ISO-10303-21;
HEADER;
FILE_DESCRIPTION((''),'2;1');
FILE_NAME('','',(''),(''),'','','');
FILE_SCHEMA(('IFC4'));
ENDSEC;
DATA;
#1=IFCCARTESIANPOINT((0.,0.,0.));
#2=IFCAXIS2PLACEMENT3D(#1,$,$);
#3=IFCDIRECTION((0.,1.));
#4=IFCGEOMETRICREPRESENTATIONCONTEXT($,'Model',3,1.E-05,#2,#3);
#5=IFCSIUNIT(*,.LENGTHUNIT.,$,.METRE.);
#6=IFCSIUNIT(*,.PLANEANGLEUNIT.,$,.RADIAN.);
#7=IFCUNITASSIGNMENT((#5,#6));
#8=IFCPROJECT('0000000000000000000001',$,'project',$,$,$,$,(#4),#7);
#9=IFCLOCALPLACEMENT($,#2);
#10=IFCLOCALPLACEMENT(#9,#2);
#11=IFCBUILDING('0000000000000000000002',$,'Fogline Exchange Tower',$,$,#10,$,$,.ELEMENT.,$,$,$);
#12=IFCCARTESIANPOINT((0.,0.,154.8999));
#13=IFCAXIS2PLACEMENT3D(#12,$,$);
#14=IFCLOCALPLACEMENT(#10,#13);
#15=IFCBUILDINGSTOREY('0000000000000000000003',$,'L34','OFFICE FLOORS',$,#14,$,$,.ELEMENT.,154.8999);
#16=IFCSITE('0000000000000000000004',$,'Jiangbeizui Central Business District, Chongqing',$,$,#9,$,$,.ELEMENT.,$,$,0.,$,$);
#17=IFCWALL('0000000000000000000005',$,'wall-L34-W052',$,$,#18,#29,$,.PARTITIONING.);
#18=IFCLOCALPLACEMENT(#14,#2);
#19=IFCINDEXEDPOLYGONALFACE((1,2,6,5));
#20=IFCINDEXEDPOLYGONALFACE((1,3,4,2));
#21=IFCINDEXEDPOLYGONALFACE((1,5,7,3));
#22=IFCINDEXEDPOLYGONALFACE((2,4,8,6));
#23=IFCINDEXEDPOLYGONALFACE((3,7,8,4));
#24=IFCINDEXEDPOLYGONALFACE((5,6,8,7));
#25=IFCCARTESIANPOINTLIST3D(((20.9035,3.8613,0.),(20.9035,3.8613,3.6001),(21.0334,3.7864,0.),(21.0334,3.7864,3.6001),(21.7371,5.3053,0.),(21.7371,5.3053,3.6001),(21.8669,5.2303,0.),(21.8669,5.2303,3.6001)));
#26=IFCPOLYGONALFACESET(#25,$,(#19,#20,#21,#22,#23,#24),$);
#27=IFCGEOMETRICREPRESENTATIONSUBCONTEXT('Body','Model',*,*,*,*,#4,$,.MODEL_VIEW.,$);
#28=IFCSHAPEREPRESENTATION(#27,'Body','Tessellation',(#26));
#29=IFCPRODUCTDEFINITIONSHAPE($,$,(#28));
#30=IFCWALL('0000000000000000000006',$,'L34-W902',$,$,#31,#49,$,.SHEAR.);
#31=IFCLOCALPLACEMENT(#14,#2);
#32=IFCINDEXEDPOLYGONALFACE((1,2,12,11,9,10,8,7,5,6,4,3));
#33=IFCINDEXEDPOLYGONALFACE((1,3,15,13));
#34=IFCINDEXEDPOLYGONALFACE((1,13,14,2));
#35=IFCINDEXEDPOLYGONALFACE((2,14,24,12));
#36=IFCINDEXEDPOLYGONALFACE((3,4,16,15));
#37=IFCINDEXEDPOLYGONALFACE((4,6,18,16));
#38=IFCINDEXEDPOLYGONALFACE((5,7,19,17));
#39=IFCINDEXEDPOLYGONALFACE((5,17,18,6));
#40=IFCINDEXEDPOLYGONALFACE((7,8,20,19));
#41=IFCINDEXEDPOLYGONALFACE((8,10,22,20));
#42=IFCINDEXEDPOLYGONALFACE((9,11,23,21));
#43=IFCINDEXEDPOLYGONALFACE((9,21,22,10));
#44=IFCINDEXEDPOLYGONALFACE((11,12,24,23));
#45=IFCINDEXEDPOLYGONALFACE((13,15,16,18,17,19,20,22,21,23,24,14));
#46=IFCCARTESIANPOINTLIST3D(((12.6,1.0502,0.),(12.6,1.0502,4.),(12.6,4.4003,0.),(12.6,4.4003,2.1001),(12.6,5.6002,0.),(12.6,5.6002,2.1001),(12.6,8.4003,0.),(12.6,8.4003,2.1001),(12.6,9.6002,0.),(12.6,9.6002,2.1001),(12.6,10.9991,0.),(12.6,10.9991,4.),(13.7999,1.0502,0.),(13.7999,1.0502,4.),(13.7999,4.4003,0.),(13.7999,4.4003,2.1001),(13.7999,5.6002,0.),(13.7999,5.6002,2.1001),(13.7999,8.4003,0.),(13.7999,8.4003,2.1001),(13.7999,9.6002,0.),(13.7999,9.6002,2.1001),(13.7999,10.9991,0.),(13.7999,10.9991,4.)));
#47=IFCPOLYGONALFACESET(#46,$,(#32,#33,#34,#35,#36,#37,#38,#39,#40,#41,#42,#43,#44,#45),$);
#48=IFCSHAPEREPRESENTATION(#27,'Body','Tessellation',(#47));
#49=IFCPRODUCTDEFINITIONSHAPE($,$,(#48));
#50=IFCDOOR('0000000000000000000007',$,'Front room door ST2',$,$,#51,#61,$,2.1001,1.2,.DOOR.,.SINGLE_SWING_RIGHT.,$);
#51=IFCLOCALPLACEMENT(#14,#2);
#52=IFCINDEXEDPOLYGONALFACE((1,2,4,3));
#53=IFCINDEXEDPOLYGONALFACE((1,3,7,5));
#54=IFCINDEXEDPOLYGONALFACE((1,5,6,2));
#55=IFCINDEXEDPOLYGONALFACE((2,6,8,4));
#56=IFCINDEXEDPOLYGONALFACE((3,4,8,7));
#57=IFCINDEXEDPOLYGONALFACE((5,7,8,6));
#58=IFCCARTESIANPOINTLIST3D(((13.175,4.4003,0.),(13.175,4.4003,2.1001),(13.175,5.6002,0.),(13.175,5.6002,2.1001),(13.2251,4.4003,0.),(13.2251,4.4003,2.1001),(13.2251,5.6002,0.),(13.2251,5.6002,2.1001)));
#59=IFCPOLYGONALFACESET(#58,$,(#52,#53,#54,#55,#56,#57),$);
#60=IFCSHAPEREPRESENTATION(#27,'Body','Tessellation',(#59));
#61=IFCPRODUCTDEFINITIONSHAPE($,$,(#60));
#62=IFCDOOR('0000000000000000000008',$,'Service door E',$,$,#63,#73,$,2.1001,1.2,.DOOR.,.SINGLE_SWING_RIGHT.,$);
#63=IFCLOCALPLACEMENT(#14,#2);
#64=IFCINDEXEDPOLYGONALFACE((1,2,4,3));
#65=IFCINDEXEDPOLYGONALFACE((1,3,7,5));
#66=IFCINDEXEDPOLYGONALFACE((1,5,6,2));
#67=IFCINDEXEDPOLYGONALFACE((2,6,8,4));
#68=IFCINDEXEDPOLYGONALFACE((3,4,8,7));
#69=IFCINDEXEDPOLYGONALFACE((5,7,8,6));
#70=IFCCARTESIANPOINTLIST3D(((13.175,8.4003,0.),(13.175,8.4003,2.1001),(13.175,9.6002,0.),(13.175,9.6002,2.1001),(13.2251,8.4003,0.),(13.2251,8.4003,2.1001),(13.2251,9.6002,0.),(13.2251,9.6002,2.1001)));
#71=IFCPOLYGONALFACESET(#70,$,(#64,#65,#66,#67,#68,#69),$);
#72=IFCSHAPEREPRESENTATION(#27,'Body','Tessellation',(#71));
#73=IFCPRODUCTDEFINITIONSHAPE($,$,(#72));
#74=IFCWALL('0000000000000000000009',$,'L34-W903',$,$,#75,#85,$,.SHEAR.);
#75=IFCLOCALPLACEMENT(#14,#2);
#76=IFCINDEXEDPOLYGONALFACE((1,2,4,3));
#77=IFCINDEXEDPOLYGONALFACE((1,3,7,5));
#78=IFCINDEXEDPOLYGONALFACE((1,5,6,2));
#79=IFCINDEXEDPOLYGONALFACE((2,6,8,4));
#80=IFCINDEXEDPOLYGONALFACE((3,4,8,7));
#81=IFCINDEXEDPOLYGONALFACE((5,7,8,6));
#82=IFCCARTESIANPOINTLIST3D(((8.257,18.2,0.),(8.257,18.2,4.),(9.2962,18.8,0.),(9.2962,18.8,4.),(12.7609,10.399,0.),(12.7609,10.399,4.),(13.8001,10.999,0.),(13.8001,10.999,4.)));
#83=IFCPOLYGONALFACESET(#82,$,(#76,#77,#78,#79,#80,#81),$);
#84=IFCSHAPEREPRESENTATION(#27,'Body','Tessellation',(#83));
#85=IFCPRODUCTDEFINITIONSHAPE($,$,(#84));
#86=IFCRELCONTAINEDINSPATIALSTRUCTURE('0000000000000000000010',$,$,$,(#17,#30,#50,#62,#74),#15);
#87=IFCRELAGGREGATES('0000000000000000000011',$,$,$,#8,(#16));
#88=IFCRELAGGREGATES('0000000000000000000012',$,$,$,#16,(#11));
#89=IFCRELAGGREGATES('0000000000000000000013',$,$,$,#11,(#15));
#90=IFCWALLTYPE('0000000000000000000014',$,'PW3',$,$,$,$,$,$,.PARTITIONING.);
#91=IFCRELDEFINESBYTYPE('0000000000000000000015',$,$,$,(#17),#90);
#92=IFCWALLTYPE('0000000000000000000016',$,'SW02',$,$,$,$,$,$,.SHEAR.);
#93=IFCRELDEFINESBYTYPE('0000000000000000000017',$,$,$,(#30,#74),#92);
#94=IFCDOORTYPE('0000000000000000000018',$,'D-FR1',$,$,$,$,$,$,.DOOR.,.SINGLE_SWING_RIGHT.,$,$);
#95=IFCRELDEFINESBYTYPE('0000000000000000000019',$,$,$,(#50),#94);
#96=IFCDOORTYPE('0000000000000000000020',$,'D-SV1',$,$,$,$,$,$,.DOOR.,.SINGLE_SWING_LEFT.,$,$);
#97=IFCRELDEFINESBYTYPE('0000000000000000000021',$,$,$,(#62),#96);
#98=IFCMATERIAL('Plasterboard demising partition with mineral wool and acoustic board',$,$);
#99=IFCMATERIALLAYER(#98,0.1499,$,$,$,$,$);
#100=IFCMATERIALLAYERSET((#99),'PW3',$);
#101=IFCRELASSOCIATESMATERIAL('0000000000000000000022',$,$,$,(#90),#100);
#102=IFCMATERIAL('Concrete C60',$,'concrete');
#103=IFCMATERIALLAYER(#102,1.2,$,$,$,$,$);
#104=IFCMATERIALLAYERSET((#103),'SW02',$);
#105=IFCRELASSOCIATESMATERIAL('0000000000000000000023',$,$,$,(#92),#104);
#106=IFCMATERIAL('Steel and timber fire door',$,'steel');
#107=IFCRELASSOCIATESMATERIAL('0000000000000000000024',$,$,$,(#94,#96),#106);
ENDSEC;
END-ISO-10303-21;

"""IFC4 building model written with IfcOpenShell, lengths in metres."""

from ifc_helpers import new_model, si_unit, direction, frame, frame_2d, origin, place, context, subcontext, project, spatial, rectangle, extrude, material, layer, layer_set, type_object, element, fill, save


model = new_model("IFC4")

# Units and contexts
model_context = context("Model", 3, precision=1e-05, world=origin(), true_north=direction((0.0, 1.0)))
body_context = subcontext(model_context, "Body", "Model", "MODEL_VIEW")
ifc_project = project(units=[si_unit("LENGTHUNIT", "METRE"), si_unit("PLANEANGLEUNIT", "RADIAN")], contexts=[model_context])

# Site, building, storey
site_placement = place(None, origin())
site = spatial("IfcSite", under=ifc_project, at=site_placement, Name="Jiangbeizui Central Business District, Chongqing", CompositionType="ELEMENT", RefElevation=0.0)
building_placement = place(site_placement, origin())
building = spatial("IfcBuilding", under=site, at=building_placement, Name="Fogline Exchange Tower", CompositionType="ELEMENT")
storey_placement = place(building_placement, frame((0.0, 0.0, 154.8999)))
storey = spatial("IfcBuildingStorey", under=building, at=storey_placement, Name="L34", Description="OFFICE FLOORS", CompositionType="ELEMENT", Elevation=154.8999)

# Shared definitions
ifc_material_1 = material(Name="Steel and timber fire door", Category="steel")

# Wall
ifc_material_2 = material(Name="Plasterboard demising partition with mineral wool and acoustic board")
ifc_layer_1 = layer(ifc_material_2, 0.1499)
ifc_layer_set_1 = layer_set([ifc_layer_1], Name="PW3")
wall_type_1 = type_object("IfcWallType", Name="PW3", PredefinedType="PARTITIONING", material=ifc_layer_set_1)
wall_1_placement = place(storey_placement, frame((20.9685, 3.824, 0.0), z_axis=(0.0, 0.0, 1.0), x_axis=(0.499951, 0.866054, 0.0)))
element("IfcWall", 1, at=wall_1_placement, inside=storey, type_object=wall_type_1, Name="wall-L34-W052", PredefinedType="PARTITIONING", context=body_context, shape_type="SweptSolid", body=[
    extrude(rectangle(XDim=1.6672, YDim=0.1499, at=frame_2d((0.8335, 0.0))), origin(), (0.0, 0.0, 1.0), 3.6001),
])

# Wall, openings, doors
ifc_material_3 = material(Name="Concrete C60", Category="concrete")
ifc_layer_2 = layer(ifc_material_3, 1.2)
ifc_layer_set_2 = layer_set([ifc_layer_2], Name="SW02")
wall_type_2 = type_object("IfcWallType", Name="SW02", PredefinedType="SHEAR", material=ifc_layer_set_2)
wall_2_placement = place(storey_placement, frame((13.2, 1.05, 0.0), z_axis=(0.0, 0.0, 1.0), x_axis=(0.0, 1.0, 0.0)))
wall_2 = element("IfcWall", 2, at=wall_2_placement, inside=storey, type_object=wall_type_2, Name="L34-W902", PredefinedType="SHEAR", context=body_context, shape_type="SweptSolid", body=[
    extrude(rectangle(XDim=9.949, YDim=1.2, at=frame_2d((4.9746, 0.0))), origin(), (0.0, 0.0, 1.0), 4.0),
])
opening_1_placement = place(wall_2_placement, frame((3.3501, 0.0, 0.0)))
opening_1 = element("IfcOpeningElement", 3, at=opening_1_placement, cuts=wall_2, PredefinedType="OPENING", context=body_context, shape_type="SweptSolid", body=[
    extrude(rectangle(XDim=1.2, YDim=2.1001, at=frame_2d((0.6001, 1.05))), frame((0.0, 0.6099, 0.0), z_axis=(0.0, -1.0, 0.0), x_axis=(1.0, 0.0, 0.0)), (0.0, 0.0, 1.0), 1.22),
])
opening_2_placement = place(wall_2_placement, frame((7.3501, 0.0, 0.0)))
opening_2 = element("IfcOpeningElement", 4, at=opening_2_placement, cuts=wall_2, PredefinedType="OPENING", context=body_context, shape_type="SweptSolid", body=[
    extrude(rectangle(XDim=1.2, YDim=2.1001, at=frame_2d((0.6001, 1.05))), frame((0.0, 0.6099, 0.0), z_axis=(0.0, -1.0, 0.0), x_axis=(1.0, 0.0, 0.0)), (0.0, 0.0, 1.0), 1.22),
])
door_type_1 = type_object("IfcDoorType", Name="D-FR1", OperationType="SINGLE_SWING_RIGHT", PredefinedType="DOOR", material=ifc_material_1)
door_1_placement = place(opening_1_placement, origin())
door_1 = element("IfcDoor", 5, at=door_1_placement, inside=storey, type_object=door_type_1, Name="Front room door ST2", OperationType="SINGLE_SWING_RIGHT", OverallHeight=2.1001, OverallWidth=1.2, PredefinedType="DOOR", context=body_context, shape_type="SweptSolid", body=[
    extrude(rectangle(XDim=1.2, YDim=2.1001, at=frame_2d((0.6001, 1.05))), frame((0.0, 0.0249, 0.0), z_axis=(0.0, -1.0, 0.0), x_axis=(1.0, 0.0, 0.0)), (0.0, 0.0, 1.0), 0.05),
])
fill(opening_1, door_1)
door_type_2 = type_object("IfcDoorType", Name="D-SV1", OperationType="SINGLE_SWING_LEFT", PredefinedType="DOOR", material=ifc_material_1)
door_2_placement = place(opening_2_placement, origin())
door_2 = element("IfcDoor", 6, at=door_2_placement, inside=storey, type_object=door_type_2, Name="Service door E", OperationType="SINGLE_SWING_RIGHT", OverallHeight=2.1001, OverallWidth=1.2, PredefinedType="DOOR", context=body_context, shape_type="SweptSolid", body=[
    extrude(rectangle(XDim=1.2, YDim=2.1001, at=frame_2d((0.6001, 1.05))), frame((0.0, 0.0249, 0.0), z_axis=(0.0, -1.0, 0.0), x_axis=(1.0, 0.0, 0.0)), (0.0, 0.0, 1.0), 0.05),
])
fill(opening_2, door_2)

# Wall
wall_3_placement = place(storey_placement, frame((13.2805, 10.699, 0.0), z_axis=(0.0, 0.0, 1.0), x_axis=(-0.499999, 0.866026, 0.0)))
element("IfcWall", 7, at=wall_3_placement, inside=storey, type_object=wall_type_2, Name="L34-W903", PredefinedType="SHEAR", context=body_context, shape_type="SweptSolid", body=[
    extrude(rectangle(XDim=9.0078, YDim=1.2, at=frame_2d((4.5039, 0.0))), origin(), (0.0, 0.0, 1.0), 4.0),
])

save(model, "model.ifc")
